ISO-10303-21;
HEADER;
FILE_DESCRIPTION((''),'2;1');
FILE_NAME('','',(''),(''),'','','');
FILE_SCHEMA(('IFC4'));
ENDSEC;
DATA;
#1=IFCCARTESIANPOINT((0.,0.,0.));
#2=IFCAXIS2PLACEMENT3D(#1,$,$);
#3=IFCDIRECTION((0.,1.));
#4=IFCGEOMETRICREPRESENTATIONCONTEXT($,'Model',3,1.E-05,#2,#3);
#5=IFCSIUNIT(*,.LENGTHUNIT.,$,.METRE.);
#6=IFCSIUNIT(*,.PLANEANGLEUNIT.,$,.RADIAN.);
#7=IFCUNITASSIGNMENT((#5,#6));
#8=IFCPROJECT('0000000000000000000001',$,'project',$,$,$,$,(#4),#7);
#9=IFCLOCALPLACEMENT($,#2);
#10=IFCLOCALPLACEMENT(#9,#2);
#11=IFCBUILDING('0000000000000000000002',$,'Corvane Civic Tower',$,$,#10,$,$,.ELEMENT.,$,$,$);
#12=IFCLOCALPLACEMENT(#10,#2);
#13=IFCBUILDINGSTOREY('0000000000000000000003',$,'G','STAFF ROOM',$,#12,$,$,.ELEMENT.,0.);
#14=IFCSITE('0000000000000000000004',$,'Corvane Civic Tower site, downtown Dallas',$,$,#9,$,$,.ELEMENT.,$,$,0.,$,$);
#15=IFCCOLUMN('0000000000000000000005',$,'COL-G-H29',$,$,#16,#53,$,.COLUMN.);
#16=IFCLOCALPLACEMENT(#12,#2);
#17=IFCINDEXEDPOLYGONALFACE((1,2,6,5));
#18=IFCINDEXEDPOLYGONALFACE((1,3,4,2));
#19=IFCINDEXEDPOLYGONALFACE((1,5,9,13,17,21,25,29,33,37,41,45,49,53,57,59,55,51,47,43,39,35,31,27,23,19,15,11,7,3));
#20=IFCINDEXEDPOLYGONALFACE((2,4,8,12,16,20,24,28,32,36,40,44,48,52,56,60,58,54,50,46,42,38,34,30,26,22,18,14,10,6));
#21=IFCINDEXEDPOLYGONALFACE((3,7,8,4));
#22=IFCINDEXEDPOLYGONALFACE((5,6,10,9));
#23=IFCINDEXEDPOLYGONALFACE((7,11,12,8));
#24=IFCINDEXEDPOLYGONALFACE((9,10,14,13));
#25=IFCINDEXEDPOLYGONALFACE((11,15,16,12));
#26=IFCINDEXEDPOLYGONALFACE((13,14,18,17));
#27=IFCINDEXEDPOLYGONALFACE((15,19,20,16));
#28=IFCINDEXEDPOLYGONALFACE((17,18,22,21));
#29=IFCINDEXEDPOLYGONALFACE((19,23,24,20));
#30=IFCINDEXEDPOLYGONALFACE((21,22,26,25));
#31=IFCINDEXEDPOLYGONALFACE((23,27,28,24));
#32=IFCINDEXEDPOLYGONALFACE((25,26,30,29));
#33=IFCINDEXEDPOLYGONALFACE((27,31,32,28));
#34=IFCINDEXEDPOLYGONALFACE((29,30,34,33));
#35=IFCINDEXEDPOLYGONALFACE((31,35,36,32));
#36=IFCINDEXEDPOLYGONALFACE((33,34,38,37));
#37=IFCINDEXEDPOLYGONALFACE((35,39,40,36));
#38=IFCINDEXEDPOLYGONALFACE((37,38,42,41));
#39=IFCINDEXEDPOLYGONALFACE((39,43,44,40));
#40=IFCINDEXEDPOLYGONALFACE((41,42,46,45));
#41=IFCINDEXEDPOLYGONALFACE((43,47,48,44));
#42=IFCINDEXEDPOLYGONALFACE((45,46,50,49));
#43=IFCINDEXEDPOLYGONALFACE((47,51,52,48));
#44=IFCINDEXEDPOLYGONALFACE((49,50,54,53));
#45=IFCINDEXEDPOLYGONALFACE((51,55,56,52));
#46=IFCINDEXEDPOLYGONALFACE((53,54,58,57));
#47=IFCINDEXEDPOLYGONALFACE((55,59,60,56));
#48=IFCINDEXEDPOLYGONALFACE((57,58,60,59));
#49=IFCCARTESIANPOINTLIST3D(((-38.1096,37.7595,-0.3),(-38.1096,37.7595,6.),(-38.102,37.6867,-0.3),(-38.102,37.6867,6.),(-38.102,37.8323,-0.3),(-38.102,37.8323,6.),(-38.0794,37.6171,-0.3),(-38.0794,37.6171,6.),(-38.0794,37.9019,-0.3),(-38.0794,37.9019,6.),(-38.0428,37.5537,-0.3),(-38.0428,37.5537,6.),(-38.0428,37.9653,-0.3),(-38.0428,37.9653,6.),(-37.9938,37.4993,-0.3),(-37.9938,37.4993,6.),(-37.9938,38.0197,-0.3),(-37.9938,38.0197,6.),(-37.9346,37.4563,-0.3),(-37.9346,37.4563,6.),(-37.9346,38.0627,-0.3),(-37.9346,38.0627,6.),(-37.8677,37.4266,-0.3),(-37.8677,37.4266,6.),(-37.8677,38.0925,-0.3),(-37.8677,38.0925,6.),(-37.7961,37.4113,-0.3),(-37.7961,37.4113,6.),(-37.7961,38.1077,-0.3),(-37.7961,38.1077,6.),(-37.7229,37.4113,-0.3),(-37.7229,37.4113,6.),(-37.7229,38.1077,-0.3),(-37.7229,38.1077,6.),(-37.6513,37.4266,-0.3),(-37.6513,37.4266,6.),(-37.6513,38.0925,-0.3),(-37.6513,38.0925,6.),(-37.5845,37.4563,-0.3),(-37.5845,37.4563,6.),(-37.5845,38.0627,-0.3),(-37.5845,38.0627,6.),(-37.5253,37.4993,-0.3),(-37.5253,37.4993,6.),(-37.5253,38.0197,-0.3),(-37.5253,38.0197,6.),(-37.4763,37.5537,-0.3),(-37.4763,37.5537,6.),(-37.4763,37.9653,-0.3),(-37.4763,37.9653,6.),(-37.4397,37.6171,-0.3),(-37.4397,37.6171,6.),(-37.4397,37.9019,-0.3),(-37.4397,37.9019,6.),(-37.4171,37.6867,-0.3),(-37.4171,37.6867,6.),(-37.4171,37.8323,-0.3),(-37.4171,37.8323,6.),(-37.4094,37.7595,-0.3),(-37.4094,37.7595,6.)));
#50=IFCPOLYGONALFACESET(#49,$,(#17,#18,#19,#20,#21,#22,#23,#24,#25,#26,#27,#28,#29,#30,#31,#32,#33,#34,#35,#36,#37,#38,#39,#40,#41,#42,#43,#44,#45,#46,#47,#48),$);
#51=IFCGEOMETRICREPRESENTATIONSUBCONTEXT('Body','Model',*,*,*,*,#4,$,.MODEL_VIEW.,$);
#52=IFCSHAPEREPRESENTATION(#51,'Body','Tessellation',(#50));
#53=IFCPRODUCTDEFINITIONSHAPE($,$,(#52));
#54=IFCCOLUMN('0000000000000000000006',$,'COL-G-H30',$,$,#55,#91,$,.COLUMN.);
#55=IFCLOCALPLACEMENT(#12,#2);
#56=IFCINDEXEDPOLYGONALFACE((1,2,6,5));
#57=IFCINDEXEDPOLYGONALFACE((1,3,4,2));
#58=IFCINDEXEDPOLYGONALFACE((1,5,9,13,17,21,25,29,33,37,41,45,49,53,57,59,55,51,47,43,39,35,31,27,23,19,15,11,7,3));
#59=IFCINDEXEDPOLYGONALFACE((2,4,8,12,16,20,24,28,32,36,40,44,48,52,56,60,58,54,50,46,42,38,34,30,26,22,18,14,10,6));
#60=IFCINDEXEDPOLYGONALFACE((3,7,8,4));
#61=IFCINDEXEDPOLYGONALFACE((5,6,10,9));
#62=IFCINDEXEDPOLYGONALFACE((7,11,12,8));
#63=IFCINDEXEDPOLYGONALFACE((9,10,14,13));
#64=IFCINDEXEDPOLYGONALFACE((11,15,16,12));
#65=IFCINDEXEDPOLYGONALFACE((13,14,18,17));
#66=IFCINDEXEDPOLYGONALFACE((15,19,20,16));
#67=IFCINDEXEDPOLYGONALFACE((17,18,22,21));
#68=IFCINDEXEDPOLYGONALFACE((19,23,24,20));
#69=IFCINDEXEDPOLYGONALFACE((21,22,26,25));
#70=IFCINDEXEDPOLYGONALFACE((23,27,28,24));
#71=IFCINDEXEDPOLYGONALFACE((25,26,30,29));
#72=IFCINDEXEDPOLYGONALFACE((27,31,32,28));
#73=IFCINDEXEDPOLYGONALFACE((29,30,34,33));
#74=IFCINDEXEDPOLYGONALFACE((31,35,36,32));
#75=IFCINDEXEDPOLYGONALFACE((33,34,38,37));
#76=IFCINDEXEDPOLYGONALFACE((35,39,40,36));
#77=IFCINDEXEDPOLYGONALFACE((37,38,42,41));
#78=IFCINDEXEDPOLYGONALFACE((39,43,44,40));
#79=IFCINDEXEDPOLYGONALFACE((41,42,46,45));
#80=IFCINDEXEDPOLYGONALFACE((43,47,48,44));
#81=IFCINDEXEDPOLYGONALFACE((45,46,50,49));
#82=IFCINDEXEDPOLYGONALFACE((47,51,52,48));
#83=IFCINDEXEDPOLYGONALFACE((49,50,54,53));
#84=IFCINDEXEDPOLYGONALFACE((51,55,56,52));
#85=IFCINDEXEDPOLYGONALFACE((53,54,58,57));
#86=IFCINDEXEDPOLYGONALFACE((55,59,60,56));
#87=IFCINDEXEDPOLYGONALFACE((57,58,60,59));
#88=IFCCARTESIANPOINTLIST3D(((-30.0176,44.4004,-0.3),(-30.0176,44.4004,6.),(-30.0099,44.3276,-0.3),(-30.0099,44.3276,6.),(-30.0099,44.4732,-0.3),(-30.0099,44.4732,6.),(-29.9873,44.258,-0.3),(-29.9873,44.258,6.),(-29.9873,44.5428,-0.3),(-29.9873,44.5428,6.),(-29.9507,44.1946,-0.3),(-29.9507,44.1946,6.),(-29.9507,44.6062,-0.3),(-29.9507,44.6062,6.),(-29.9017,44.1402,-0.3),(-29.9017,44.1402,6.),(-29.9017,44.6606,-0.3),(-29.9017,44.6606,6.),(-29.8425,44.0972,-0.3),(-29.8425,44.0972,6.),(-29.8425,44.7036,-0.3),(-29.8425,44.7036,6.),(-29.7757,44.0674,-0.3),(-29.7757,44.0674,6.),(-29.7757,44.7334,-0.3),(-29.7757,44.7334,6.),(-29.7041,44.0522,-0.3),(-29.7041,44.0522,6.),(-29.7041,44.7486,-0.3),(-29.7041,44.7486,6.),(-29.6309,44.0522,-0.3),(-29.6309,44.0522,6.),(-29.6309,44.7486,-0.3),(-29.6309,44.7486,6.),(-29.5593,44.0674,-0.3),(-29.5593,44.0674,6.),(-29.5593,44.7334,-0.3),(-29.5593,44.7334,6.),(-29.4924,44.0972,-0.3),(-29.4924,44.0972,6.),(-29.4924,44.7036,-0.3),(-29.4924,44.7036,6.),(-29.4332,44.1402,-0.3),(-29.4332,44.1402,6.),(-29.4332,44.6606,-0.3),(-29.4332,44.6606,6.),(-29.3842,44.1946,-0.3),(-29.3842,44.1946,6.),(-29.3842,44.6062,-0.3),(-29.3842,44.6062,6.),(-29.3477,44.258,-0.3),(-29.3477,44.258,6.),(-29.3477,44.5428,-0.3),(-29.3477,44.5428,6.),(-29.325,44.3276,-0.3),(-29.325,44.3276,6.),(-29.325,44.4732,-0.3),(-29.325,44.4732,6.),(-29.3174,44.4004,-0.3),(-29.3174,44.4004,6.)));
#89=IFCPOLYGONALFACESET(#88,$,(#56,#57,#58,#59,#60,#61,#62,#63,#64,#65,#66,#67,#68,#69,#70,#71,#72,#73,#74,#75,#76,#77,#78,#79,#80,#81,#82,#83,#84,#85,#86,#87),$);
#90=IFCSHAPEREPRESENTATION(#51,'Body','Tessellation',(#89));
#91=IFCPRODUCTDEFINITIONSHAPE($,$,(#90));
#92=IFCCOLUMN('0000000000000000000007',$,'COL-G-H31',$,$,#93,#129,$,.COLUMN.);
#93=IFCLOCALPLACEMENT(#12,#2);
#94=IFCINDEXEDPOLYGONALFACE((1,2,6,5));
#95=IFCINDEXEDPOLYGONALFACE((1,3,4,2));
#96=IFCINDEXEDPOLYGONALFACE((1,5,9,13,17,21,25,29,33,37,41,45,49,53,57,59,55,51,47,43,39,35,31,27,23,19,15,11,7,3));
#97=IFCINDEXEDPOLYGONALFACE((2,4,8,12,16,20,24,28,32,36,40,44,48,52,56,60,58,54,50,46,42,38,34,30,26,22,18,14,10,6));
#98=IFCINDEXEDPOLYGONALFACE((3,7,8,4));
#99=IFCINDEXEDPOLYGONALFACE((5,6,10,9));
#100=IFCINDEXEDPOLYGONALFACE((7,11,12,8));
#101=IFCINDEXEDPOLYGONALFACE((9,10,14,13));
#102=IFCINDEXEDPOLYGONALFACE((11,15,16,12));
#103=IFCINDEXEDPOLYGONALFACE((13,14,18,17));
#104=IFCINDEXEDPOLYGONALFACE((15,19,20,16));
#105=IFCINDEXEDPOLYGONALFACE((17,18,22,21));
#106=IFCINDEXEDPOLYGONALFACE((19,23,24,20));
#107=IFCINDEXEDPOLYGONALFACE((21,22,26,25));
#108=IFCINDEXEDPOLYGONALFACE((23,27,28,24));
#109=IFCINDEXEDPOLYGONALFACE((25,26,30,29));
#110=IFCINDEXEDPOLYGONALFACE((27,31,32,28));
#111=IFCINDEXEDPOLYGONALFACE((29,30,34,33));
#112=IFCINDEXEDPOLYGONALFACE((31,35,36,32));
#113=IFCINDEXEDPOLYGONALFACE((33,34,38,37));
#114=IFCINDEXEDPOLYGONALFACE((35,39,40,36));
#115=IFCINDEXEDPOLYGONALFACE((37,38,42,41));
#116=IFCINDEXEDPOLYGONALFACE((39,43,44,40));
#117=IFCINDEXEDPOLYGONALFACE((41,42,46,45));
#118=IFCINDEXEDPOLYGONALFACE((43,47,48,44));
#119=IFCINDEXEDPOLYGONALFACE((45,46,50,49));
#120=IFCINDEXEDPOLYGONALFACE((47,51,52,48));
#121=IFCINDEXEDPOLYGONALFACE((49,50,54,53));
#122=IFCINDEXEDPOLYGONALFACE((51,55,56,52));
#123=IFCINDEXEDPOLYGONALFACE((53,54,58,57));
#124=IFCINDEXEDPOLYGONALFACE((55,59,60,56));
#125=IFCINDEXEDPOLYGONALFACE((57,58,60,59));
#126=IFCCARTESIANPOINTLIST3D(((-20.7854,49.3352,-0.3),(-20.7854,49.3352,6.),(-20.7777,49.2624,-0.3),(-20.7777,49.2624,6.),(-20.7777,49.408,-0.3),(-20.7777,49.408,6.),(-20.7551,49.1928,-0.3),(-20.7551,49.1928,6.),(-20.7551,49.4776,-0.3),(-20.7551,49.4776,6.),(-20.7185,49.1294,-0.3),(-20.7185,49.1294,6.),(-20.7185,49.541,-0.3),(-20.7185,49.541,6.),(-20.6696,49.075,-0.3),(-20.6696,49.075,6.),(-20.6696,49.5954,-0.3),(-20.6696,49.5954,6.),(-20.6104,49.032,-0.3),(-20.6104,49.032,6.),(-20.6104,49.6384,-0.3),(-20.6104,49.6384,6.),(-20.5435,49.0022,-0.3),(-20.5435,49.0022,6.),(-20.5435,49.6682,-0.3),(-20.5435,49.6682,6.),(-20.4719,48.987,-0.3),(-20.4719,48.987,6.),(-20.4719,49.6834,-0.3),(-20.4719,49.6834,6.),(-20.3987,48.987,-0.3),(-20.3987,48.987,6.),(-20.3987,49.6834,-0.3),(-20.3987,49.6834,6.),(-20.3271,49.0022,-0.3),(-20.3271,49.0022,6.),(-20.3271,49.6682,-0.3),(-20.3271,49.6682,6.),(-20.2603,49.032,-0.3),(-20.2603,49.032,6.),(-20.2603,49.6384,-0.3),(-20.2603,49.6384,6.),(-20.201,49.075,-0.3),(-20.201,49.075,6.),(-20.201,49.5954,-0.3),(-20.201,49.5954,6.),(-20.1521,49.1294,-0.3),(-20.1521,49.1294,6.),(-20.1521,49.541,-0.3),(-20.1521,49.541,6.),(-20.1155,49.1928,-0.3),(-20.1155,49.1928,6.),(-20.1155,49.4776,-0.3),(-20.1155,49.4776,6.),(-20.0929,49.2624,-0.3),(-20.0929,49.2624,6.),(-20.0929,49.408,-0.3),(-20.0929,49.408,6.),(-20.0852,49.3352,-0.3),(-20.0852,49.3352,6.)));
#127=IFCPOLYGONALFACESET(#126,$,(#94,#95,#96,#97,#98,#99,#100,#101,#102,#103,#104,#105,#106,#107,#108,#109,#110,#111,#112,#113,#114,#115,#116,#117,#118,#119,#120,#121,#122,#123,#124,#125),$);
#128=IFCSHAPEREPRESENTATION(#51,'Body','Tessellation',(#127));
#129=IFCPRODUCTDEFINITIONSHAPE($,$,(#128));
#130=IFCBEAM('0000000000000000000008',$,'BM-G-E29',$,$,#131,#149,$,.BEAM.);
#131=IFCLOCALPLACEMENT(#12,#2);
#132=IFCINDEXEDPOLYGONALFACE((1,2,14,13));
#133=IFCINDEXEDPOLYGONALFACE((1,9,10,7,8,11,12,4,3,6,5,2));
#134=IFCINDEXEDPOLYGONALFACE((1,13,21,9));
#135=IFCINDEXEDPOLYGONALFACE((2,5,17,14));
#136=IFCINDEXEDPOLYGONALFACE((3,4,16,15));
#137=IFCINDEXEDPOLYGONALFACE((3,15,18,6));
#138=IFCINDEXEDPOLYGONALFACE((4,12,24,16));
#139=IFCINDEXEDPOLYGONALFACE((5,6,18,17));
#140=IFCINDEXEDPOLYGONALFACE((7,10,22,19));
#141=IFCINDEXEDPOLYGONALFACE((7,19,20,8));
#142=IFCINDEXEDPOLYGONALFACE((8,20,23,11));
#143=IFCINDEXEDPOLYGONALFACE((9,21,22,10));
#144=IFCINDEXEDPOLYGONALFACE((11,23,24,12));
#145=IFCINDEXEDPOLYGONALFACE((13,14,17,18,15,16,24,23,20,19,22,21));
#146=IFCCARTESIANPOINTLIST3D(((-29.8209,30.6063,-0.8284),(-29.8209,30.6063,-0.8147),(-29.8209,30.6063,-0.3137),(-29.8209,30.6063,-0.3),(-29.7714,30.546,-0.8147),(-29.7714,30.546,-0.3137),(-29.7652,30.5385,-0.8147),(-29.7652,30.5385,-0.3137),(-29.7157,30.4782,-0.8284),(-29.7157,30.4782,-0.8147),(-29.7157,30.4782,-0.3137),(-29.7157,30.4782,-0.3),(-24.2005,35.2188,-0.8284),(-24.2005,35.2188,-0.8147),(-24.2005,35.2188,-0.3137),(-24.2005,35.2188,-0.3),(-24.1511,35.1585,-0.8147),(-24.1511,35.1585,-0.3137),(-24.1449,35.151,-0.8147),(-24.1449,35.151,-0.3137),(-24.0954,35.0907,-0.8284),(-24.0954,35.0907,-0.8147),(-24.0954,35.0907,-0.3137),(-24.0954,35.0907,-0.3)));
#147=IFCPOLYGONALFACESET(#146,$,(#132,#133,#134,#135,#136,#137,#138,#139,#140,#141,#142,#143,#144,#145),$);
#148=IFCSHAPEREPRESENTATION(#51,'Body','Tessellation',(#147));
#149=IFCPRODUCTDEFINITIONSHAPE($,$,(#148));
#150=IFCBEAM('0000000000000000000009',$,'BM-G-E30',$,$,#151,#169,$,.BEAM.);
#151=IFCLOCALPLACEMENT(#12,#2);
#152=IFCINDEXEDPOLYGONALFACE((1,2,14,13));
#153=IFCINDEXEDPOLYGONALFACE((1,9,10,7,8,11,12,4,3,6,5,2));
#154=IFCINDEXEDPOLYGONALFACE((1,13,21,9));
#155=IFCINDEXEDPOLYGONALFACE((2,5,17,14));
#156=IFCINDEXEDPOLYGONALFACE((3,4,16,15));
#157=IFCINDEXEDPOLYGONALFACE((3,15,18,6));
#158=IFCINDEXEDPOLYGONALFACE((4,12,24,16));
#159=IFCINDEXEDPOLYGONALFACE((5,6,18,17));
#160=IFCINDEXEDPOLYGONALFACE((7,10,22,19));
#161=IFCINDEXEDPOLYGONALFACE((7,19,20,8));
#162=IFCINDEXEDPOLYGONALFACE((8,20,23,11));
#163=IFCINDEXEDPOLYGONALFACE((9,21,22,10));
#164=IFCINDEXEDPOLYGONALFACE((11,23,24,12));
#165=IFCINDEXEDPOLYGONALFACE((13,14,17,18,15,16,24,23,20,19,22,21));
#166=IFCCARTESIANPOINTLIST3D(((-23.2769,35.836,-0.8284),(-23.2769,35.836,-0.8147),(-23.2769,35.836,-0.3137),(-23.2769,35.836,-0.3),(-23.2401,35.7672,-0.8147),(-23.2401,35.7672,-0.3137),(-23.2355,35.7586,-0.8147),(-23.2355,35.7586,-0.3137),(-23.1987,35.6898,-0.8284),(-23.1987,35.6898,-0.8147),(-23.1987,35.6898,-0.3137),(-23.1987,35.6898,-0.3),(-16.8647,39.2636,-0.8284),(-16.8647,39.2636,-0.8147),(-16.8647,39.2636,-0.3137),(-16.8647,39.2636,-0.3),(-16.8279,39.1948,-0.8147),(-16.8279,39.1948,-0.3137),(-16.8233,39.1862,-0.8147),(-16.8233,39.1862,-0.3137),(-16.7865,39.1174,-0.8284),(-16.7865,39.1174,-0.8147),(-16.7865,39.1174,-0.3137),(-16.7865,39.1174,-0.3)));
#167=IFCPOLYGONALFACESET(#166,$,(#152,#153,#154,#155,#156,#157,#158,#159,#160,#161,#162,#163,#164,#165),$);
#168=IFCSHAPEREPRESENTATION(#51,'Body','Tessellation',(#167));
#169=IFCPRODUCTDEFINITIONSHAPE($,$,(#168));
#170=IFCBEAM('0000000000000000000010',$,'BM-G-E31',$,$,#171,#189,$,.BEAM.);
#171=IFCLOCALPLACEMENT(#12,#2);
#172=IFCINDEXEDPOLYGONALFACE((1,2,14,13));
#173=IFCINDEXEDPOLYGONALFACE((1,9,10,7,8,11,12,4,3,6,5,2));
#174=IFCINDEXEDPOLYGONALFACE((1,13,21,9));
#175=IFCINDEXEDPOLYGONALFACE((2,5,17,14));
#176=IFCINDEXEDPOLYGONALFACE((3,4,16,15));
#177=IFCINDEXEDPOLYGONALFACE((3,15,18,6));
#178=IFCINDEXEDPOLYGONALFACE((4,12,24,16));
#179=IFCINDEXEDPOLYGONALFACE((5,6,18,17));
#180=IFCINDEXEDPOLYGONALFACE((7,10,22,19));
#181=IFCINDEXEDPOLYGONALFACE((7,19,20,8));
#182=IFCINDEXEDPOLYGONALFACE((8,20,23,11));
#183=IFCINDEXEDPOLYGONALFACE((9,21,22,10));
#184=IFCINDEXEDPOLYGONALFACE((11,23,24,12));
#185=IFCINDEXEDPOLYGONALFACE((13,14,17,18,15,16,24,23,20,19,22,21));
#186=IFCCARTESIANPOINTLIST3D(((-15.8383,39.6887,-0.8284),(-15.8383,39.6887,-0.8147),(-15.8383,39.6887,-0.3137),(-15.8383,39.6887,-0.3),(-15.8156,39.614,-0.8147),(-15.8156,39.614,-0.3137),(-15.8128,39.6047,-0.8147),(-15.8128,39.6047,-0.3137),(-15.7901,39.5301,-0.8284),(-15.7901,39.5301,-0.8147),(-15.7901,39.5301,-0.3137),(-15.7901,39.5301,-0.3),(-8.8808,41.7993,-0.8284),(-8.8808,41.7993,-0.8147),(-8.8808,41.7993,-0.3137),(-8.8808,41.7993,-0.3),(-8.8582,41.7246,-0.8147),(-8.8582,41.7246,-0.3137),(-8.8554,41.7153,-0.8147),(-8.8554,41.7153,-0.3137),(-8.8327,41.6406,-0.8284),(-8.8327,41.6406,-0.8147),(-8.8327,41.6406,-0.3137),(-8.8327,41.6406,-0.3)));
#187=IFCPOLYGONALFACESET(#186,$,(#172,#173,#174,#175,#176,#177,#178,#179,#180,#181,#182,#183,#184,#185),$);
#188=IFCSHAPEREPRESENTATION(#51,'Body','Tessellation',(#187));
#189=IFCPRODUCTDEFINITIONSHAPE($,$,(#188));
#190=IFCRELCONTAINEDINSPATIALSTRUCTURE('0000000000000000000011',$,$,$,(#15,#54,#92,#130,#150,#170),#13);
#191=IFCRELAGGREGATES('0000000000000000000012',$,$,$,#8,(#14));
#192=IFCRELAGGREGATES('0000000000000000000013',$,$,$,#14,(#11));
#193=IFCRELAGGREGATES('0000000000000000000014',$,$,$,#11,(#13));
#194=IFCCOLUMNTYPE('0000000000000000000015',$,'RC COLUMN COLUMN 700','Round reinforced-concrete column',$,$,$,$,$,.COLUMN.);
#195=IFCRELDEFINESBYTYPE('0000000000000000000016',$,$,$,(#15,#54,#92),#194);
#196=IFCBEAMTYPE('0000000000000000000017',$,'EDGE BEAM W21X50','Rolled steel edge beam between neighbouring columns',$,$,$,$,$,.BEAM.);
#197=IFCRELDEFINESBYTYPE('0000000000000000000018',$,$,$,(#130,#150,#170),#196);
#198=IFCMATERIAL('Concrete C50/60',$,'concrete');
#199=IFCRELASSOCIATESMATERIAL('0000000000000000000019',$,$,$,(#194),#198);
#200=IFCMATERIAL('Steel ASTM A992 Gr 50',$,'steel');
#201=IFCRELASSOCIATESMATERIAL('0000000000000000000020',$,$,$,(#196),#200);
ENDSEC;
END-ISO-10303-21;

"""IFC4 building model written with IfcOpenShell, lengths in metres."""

from ifc_helpers import new_model, si_unit, direction, frame, origin, origin_2d, place, context, subcontext, project, spatial, circle, i_section, extrude, material, material_profile, profile_set, type_object, element, save


model = new_model("IFC4")

# Units and contexts
model_context = context("Model", 3, precision=1e-05, world=origin(), true_north=direction((0.0, 1.0)))
body_context = subcontext(model_context, "Body", "Model", "MODEL_VIEW")
ifc_project = project(units=[si_unit("LENGTHUNIT", "METRE"), si_unit("PLANEANGLEUNIT", "RADIAN")], contexts=[model_context])

# Site, building, storey
site_placement = place(None, origin())
site = spatial("IfcSite", under=ifc_project, at=site_placement, Name="Corvane Civic Tower site, downtown Dallas", CompositionType="ELEMENT", RefElevation=0.0)
building_placement = place(site_placement, origin())
building = spatial("IfcBuilding", under=site, at=building_placement, Name="Corvane Civic Tower", CompositionType="ELEMENT")
storey_placement = place(building_placement, origin())
storey = spatial("IfcBuildingStorey", under=building, at=storey_placement, Name="G", Description="STAFF ROOM", CompositionType="ELEMENT", Elevation=0.0)

# Columns
ifc_material_1 = material(Name="Concrete C50/60", Category="concrete")
ifc_material_profile_1 = material_profile(ifc_material_1, circle(Radius=0.3501, at=origin_2d()), Name="COLUMN 700")
ifc_profile_set_1 = profile_set([ifc_material_profile_1], Name="Concrete C50/60")
column_type_1 = type_object("IfcColumnType", Name="RC COLUMN COLUMN 700", Description="Round reinforced-concrete column", PredefinedType="COLUMN", material=ifc_profile_set_1)
for number, where, z_axis, x_axis, name in (
    (1, (-37.7595, 37.7595, -0.3), (0.0, 0.0, 1.0), (1.0, 0.0, 0.0), "COL-G-H29"),
    (2, (-29.6675, 44.4004, -0.3), (0.0, 0.0, 1.0), (1.0, 0.0, 0.0), "COL-G-H30"),
    (3, (-20.4353, 49.3352, -0.3), (0.0, 0.0, 1.0), (1.0, 0.0, 0.0), "COL-G-H31"),
):
    element("IfcColumn", number, at=place(storey_placement, frame(where, z_axis=z_axis, x_axis=x_axis)), inside=storey, type_object=column_type_1, Name=name, PredefinedType="COLUMN", context=body_context, shape_type="SweptSolid", body=[
        extrude(circle(Radius=0.3501, at=origin_2d()), origin(), (0.0, 0.0, 1.0), 6.3),
    ])

# Beams
ifc_material_2 = material(Name="Steel ASTM A992 Gr 50", Category="steel")
ifc_material_profile_2 = material_profile(ifc_material_2, i_section(OverallWidth=0.1658, OverallDepth=0.5283, WebThickness=0.0098, FlangeThickness=0.0137, at=origin_2d()), Name="W21X50")
ifc_profile_set_2 = profile_set([ifc_material_profile_2], Name="Steel ASTM A992 Gr 50")
beam_type_1 = type_object("IfcBeamType", Name="EDGE BEAM W21X50", Description="Rolled steel edge beam between neighbouring columns", PredefinedType="BEAM", material=ifc_profile_set_2)
for number, where, z_axis, x_axis, name in (
    (4, (-29.7683, 30.5422, -0.5642), (0.773008, 0.634396, 0.0), (-0.634396, 0.773008, 0.0), "BM-G-E29"),
    (5, (-23.2378, 35.7629, -0.5642), (0.881913, 0.471412, 0.0), (-0.471412, 0.881913, 0.0), "BM-G-E30"),
):
    element("IfcBeam", number, at=place(storey_placement, frame(where, z_axis=z_axis, x_axis=x_axis)), inside=storey, type_object=beam_type_1, Name=name, PredefinedType="BEAM", context=body_context, shape_type="SweptSolid", body=[
        extrude(i_section(OverallWidth=0.1658, OverallDepth=0.5283, WebThickness=0.0098, FlangeThickness=0.0137, at=origin_2d()), origin(), (0.0, 0.0, 1.0), 7.2708),
    ])
beam_1_placement = place(storey_placement, frame((-15.8142, 39.6094, -0.5642), z_axis=(0.956938, 0.290292, 0.0), x_axis=(-0.290292, 0.956938, 0.0)))
element("IfcBeam", 6, at=beam_1_placement, inside=storey, type_object=beam_type_1, Name="BM-G-E31", PredefinedType="BEAM", context=body_context, shape_type="SweptSolid", body=[
    extrude(i_section(OverallWidth=0.1658, OverallDepth=0.5283, WebThickness=0.0098, FlangeThickness=0.0137, at=origin_2d()), origin(), (0.0, 0.0, 1.0), 7.2705),
])

save(model, "model.ifc")
